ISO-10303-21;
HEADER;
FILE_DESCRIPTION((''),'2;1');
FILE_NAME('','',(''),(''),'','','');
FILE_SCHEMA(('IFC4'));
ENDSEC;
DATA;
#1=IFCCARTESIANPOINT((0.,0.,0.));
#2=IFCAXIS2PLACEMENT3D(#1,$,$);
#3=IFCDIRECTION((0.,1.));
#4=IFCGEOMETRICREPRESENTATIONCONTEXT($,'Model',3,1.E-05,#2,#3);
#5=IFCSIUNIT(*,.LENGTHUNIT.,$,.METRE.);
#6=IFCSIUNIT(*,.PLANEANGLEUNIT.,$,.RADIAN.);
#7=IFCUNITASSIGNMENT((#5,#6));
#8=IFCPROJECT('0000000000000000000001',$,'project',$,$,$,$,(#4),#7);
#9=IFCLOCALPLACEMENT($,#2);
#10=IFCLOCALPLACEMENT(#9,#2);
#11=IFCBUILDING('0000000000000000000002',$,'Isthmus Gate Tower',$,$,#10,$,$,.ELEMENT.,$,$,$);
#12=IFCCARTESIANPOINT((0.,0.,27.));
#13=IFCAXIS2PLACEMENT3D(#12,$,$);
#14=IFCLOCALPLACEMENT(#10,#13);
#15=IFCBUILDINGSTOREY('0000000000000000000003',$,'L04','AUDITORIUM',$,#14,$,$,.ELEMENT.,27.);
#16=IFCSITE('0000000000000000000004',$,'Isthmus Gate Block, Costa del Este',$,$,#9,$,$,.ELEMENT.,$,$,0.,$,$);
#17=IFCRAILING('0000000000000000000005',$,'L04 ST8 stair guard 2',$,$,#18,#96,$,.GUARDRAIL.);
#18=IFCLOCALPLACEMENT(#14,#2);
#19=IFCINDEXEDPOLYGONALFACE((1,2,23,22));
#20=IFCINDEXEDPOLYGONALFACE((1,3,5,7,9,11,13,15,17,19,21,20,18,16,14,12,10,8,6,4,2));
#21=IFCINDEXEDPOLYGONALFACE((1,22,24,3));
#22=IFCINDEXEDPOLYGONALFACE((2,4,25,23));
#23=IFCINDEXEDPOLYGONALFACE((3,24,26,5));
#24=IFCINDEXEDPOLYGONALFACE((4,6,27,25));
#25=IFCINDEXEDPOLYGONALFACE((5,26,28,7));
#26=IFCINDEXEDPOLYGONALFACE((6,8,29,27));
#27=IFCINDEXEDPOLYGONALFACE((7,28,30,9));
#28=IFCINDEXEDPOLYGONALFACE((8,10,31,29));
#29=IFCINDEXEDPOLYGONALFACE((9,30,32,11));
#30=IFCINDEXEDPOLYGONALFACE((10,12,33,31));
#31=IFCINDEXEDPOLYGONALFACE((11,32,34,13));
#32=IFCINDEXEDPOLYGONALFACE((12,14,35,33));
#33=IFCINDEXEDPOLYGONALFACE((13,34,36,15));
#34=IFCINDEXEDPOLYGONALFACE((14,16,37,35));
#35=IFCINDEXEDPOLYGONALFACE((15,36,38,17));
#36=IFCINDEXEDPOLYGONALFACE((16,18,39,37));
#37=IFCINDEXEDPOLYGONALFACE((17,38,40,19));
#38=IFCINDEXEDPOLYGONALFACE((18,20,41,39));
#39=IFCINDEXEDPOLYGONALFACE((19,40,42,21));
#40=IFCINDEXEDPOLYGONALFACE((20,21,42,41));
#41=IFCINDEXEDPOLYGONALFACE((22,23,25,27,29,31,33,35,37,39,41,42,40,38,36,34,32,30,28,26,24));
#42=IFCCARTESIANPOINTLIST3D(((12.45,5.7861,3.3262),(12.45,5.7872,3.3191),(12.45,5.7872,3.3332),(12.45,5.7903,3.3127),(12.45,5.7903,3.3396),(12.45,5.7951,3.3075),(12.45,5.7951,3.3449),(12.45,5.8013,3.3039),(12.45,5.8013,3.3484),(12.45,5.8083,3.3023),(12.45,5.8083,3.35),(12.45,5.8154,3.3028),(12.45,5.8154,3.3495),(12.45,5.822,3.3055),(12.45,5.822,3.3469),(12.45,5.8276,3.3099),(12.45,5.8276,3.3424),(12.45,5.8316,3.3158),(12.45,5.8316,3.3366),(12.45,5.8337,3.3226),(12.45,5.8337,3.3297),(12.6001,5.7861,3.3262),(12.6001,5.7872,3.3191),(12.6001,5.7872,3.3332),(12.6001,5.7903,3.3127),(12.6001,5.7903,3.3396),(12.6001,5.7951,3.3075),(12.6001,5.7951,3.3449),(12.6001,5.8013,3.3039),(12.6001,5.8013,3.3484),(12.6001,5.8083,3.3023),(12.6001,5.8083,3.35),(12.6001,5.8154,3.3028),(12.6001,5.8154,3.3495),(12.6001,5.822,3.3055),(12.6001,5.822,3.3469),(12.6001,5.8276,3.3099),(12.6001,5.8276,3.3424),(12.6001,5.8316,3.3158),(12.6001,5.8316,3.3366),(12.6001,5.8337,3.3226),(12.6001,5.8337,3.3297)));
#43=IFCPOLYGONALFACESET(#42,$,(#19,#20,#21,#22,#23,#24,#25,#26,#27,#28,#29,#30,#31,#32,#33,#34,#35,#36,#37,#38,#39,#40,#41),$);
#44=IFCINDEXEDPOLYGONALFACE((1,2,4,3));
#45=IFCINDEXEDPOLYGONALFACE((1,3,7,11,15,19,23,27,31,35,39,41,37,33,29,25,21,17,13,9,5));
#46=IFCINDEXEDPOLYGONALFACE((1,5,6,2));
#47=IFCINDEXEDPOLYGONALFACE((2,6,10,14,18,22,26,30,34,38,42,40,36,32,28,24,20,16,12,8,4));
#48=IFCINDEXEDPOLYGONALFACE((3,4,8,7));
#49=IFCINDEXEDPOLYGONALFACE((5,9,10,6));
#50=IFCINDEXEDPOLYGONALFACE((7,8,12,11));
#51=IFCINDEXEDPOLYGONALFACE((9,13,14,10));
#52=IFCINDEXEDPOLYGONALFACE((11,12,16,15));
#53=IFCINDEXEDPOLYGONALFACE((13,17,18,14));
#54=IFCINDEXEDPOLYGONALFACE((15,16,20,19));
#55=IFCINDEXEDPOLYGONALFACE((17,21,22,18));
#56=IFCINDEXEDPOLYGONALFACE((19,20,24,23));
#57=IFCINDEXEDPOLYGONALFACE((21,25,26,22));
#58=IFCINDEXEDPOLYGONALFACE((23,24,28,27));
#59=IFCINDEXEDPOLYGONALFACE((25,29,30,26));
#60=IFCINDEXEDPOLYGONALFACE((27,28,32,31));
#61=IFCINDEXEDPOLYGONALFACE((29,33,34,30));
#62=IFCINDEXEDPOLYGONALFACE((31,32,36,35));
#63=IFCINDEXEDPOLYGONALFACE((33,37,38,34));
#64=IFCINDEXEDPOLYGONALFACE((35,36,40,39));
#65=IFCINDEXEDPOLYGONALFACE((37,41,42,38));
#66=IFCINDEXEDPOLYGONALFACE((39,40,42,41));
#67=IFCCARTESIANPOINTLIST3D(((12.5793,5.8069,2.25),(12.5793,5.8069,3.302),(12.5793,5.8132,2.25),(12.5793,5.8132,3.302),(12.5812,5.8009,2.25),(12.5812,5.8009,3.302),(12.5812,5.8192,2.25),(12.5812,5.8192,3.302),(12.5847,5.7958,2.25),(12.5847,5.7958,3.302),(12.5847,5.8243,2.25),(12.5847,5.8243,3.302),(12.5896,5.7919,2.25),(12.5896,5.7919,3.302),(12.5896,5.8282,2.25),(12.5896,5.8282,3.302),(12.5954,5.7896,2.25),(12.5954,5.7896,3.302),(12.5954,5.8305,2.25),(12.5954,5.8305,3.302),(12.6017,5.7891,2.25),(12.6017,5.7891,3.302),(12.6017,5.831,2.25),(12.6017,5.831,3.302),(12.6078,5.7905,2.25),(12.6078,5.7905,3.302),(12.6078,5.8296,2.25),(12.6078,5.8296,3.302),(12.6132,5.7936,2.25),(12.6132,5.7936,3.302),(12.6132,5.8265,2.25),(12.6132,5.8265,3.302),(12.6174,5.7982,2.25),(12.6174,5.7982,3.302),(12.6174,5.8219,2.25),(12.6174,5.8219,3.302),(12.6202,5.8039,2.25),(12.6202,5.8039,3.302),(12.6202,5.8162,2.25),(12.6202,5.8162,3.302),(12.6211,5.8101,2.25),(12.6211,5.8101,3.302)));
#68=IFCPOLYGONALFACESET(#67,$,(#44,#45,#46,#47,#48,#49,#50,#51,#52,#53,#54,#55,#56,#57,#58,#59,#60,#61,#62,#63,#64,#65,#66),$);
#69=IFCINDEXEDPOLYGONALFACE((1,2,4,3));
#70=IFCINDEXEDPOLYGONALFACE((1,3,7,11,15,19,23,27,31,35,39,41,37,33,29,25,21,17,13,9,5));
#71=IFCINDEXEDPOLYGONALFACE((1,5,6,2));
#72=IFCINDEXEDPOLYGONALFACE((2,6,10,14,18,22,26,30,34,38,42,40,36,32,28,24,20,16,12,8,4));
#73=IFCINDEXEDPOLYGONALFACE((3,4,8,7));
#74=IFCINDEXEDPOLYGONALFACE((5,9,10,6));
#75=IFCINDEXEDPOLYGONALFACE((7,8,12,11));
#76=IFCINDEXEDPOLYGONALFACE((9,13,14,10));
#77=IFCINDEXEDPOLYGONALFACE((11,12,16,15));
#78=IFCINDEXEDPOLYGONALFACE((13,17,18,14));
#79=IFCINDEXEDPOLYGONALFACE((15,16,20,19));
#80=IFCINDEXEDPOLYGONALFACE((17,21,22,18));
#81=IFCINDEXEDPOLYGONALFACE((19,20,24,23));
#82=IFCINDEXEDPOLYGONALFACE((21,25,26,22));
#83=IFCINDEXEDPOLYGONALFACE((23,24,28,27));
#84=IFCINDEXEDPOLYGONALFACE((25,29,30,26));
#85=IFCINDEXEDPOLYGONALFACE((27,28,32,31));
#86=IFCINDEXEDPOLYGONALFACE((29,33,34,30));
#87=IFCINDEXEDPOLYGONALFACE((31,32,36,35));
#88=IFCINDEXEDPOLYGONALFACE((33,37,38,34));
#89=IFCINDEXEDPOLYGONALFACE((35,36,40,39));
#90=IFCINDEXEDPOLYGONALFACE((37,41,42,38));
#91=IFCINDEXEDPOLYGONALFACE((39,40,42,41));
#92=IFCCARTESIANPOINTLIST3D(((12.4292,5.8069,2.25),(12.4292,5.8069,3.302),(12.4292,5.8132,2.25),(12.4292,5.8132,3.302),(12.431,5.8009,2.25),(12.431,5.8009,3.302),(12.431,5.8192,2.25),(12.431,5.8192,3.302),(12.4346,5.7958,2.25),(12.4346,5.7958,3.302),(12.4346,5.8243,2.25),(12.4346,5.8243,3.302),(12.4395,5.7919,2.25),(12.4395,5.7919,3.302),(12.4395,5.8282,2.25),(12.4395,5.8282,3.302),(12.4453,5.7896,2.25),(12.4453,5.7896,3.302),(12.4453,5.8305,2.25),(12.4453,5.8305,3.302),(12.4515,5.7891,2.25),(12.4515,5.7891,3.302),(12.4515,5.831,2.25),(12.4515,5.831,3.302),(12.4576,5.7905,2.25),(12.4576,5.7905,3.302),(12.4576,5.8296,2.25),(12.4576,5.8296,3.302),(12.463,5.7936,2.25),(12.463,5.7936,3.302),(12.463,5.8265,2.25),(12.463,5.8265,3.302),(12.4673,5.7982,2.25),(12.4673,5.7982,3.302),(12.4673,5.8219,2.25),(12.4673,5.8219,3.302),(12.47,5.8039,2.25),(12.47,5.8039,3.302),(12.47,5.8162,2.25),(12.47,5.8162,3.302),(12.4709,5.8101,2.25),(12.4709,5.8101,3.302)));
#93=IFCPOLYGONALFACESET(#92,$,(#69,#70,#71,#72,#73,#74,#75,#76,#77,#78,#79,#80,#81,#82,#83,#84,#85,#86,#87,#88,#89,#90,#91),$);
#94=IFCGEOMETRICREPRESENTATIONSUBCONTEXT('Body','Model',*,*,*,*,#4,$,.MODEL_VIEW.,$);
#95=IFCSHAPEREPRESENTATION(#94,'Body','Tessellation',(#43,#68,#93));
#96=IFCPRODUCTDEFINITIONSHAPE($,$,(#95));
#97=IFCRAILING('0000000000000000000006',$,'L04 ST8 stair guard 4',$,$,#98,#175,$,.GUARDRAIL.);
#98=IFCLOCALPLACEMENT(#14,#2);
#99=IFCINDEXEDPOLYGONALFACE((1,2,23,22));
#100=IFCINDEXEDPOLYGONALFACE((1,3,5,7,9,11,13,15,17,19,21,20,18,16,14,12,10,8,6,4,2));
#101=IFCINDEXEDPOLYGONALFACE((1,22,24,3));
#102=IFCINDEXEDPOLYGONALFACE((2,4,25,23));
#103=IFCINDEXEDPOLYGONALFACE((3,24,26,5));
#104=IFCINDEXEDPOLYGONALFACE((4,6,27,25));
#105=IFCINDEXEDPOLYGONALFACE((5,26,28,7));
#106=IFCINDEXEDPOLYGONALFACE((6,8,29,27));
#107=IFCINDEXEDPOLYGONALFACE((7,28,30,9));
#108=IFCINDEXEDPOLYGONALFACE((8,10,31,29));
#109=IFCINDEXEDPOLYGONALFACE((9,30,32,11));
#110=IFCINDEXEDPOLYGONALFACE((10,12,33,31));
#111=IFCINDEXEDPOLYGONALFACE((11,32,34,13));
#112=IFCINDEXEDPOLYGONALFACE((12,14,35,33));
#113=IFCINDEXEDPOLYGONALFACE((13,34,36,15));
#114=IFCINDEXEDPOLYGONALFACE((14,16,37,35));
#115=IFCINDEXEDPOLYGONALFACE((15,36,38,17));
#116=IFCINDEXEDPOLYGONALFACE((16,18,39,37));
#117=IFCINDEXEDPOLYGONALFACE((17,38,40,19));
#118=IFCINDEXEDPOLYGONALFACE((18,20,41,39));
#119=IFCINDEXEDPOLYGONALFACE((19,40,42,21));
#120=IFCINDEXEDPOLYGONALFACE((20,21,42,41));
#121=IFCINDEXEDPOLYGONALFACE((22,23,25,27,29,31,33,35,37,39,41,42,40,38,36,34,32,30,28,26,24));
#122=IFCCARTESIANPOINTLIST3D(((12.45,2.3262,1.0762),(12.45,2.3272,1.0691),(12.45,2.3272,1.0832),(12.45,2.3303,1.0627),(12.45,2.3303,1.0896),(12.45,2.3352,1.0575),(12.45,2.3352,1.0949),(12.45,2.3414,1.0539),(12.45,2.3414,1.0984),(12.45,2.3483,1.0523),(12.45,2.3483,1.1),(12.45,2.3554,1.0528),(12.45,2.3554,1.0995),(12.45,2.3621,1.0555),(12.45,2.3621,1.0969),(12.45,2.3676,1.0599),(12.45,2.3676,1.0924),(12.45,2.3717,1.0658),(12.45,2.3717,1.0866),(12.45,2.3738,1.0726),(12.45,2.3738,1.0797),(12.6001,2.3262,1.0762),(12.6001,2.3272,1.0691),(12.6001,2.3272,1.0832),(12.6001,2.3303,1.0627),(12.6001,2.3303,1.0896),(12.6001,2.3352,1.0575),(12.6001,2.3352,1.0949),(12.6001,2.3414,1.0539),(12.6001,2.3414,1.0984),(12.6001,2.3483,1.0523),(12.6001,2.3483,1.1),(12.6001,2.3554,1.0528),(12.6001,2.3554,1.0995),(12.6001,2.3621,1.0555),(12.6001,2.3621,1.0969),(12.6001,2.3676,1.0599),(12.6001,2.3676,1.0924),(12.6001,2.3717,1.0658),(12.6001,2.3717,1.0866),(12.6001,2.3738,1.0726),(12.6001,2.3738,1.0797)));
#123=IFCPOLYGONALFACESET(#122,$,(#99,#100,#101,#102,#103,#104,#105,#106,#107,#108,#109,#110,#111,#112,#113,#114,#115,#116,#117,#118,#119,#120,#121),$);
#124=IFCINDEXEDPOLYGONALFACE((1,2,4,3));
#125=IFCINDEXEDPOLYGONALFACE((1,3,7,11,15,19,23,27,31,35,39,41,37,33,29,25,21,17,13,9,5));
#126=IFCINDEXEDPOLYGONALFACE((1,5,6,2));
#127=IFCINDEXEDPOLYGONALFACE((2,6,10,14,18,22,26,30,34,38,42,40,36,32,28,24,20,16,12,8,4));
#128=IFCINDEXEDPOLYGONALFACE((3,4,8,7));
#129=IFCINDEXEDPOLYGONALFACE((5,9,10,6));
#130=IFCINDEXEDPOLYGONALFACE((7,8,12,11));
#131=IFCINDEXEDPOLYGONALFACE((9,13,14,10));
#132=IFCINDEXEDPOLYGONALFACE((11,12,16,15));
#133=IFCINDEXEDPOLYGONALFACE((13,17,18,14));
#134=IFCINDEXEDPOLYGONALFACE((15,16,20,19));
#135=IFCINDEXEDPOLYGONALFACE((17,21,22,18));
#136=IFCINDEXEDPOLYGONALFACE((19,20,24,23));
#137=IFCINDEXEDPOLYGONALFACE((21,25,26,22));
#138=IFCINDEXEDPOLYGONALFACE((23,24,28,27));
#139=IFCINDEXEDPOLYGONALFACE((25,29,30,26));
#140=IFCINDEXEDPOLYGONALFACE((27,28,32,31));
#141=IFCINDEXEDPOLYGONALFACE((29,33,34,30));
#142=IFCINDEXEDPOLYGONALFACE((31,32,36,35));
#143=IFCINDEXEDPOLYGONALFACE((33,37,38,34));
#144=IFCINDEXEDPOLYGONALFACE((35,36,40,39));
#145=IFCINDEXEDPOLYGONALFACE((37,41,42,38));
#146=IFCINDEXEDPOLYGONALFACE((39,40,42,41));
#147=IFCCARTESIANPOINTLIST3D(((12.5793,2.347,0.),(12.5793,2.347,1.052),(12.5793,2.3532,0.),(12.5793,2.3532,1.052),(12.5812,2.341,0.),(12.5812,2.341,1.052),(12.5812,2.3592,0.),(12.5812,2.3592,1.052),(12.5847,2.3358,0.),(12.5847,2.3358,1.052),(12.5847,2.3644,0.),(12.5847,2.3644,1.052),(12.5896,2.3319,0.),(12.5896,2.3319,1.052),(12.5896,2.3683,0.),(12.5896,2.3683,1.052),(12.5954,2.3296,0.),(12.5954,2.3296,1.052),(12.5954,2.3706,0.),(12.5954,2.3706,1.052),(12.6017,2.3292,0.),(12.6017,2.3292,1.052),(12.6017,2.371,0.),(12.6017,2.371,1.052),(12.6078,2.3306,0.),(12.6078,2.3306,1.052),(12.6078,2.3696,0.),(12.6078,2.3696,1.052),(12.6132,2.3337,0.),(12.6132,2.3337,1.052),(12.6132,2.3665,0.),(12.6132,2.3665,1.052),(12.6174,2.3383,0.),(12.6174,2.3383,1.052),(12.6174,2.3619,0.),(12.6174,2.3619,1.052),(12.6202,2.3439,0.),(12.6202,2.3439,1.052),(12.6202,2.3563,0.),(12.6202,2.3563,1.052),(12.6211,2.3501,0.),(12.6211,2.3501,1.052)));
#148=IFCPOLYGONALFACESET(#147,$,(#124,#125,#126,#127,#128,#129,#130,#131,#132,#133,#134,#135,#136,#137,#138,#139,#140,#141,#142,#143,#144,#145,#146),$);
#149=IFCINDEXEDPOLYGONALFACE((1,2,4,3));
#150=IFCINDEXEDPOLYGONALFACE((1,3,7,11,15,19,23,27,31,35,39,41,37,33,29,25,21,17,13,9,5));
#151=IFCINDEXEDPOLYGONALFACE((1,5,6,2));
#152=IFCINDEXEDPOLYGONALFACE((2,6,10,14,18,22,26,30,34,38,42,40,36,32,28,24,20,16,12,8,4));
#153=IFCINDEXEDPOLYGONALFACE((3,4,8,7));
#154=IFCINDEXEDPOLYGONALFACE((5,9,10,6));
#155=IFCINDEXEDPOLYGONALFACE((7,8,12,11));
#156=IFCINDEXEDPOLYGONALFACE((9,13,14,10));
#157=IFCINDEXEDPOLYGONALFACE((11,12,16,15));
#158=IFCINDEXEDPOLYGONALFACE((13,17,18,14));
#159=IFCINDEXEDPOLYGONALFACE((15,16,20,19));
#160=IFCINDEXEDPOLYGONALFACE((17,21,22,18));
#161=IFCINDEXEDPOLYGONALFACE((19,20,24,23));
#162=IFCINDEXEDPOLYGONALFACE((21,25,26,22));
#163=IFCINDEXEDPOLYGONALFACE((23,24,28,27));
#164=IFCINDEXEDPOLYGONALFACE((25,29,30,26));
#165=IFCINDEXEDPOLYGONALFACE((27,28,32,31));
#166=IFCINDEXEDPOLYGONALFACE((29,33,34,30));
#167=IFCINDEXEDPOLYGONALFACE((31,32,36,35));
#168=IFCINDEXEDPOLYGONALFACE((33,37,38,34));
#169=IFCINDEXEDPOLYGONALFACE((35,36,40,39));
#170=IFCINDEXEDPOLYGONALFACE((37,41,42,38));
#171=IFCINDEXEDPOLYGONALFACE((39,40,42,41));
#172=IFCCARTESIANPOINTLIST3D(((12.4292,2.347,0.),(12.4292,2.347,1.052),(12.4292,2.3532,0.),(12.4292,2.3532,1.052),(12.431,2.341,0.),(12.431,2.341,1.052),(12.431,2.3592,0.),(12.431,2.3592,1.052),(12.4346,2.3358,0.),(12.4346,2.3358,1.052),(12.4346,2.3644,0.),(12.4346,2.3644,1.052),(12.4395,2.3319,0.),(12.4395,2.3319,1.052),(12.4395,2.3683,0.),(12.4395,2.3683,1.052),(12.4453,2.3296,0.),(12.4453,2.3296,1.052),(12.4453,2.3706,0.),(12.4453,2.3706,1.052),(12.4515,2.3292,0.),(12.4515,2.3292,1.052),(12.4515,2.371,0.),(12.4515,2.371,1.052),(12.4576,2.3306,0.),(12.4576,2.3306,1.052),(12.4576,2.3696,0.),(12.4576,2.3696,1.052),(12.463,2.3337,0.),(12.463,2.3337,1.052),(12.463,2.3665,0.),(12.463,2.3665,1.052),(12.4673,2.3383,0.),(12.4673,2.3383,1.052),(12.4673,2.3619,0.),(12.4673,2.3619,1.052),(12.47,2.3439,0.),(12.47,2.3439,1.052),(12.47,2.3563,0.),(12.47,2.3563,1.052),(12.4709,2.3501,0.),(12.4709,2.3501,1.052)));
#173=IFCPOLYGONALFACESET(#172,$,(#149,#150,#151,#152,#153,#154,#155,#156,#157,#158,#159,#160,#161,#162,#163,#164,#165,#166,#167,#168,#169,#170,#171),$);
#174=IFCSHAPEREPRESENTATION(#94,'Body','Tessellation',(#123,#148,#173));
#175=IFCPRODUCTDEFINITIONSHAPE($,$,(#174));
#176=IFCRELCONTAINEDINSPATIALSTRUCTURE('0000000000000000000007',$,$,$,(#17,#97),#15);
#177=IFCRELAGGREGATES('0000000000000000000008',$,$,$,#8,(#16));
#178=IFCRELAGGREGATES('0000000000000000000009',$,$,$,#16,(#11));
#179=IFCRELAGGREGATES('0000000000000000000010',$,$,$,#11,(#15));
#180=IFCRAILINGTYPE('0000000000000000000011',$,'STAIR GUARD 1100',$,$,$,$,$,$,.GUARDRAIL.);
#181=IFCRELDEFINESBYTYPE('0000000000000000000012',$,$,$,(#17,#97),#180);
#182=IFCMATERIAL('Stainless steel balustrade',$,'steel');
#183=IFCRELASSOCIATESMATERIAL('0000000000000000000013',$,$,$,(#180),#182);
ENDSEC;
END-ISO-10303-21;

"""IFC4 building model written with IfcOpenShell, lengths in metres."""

from ifc_helpers import new_model, si_unit, direction, frame, origin, origin_2d, place, context, subcontext, project, spatial, circle, extrude, material, type_object, element, save


model = new_model("IFC4")

# Units and contexts
model_context = context("Model", 3, precision=1e-05, world=origin(), true_north=direction((0.0, 1.0)))
body_context = subcontext(model_context, "Body", "Model", "MODEL_VIEW")
ifc_project = project(units=[si_unit("LENGTHUNIT", "METRE"), si_unit("PLANEANGLEUNIT", "RADIAN")], contexts=[model_context])

# Site, building, storey
site_placement = place(None, origin())
site = spatial("IfcSite", under=ifc_project, at=site_placement, Name="Isthmus Gate Block, Costa del Este", CompositionType="ELEMENT", RefElevation=0.0)
building_placement = place(site_placement, origin())
building = spatial("IfcBuilding", under=site, at=building_placement, Name="Isthmus Gate Tower", CompositionType="ELEMENT")
storey_placement = place(building_placement, frame((0.0, 0.0, 27.0)))
storey = spatial("IfcBuildingStorey", under=building, at=storey_placement, Name="L04", Description="AUDITORIUM", CompositionType="ELEMENT", Elevation=27.0)

# Railings
ifc_material_1 = material(Name="Stainless steel balustrade", Category="steel")
railing_type_1 = type_object("IfcRailingType", Name="STAIR GUARD 1100", PredefinedType="GUARDRAIL", material=ifc_material_1)
for number, where, name in (
    (1, (12.6001, 5.8101, 2.25), "L04 ST8 stair guard 2"),
    (2, (12.6001, 2.3501, 0.0), "L04 ST8 stair guard 4"),
):
    element("IfcRailing", number, at=place(storey_placement, frame(where)), inside=storey, type_object=railing_type_1, Name=name, PredefinedType="GUARDRAIL", context=body_context, shape_type="SweptSolid", body=[
        extrude(circle(Radius=0.0239, at=origin_2d()), frame((0.0, 0.0, 1.0762), z_axis=(-1.0, 0.0, 0.0), x_axis=(0.0, -1.0, 0.0)), (0.0, 0.0, 1.0), 0.1501),
        extrude(circle(Radius=0.021, at=origin_2d()), origin(), (0.0, 0.0, 1.0), 1.052),
        extrude(circle(Radius=0.021, at=origin_2d()), frame((-0.1501, 0.0, 0.0)), (0.0, 0.0, 1.0), 1.052),
    ])

save(model, "model.ifc")
